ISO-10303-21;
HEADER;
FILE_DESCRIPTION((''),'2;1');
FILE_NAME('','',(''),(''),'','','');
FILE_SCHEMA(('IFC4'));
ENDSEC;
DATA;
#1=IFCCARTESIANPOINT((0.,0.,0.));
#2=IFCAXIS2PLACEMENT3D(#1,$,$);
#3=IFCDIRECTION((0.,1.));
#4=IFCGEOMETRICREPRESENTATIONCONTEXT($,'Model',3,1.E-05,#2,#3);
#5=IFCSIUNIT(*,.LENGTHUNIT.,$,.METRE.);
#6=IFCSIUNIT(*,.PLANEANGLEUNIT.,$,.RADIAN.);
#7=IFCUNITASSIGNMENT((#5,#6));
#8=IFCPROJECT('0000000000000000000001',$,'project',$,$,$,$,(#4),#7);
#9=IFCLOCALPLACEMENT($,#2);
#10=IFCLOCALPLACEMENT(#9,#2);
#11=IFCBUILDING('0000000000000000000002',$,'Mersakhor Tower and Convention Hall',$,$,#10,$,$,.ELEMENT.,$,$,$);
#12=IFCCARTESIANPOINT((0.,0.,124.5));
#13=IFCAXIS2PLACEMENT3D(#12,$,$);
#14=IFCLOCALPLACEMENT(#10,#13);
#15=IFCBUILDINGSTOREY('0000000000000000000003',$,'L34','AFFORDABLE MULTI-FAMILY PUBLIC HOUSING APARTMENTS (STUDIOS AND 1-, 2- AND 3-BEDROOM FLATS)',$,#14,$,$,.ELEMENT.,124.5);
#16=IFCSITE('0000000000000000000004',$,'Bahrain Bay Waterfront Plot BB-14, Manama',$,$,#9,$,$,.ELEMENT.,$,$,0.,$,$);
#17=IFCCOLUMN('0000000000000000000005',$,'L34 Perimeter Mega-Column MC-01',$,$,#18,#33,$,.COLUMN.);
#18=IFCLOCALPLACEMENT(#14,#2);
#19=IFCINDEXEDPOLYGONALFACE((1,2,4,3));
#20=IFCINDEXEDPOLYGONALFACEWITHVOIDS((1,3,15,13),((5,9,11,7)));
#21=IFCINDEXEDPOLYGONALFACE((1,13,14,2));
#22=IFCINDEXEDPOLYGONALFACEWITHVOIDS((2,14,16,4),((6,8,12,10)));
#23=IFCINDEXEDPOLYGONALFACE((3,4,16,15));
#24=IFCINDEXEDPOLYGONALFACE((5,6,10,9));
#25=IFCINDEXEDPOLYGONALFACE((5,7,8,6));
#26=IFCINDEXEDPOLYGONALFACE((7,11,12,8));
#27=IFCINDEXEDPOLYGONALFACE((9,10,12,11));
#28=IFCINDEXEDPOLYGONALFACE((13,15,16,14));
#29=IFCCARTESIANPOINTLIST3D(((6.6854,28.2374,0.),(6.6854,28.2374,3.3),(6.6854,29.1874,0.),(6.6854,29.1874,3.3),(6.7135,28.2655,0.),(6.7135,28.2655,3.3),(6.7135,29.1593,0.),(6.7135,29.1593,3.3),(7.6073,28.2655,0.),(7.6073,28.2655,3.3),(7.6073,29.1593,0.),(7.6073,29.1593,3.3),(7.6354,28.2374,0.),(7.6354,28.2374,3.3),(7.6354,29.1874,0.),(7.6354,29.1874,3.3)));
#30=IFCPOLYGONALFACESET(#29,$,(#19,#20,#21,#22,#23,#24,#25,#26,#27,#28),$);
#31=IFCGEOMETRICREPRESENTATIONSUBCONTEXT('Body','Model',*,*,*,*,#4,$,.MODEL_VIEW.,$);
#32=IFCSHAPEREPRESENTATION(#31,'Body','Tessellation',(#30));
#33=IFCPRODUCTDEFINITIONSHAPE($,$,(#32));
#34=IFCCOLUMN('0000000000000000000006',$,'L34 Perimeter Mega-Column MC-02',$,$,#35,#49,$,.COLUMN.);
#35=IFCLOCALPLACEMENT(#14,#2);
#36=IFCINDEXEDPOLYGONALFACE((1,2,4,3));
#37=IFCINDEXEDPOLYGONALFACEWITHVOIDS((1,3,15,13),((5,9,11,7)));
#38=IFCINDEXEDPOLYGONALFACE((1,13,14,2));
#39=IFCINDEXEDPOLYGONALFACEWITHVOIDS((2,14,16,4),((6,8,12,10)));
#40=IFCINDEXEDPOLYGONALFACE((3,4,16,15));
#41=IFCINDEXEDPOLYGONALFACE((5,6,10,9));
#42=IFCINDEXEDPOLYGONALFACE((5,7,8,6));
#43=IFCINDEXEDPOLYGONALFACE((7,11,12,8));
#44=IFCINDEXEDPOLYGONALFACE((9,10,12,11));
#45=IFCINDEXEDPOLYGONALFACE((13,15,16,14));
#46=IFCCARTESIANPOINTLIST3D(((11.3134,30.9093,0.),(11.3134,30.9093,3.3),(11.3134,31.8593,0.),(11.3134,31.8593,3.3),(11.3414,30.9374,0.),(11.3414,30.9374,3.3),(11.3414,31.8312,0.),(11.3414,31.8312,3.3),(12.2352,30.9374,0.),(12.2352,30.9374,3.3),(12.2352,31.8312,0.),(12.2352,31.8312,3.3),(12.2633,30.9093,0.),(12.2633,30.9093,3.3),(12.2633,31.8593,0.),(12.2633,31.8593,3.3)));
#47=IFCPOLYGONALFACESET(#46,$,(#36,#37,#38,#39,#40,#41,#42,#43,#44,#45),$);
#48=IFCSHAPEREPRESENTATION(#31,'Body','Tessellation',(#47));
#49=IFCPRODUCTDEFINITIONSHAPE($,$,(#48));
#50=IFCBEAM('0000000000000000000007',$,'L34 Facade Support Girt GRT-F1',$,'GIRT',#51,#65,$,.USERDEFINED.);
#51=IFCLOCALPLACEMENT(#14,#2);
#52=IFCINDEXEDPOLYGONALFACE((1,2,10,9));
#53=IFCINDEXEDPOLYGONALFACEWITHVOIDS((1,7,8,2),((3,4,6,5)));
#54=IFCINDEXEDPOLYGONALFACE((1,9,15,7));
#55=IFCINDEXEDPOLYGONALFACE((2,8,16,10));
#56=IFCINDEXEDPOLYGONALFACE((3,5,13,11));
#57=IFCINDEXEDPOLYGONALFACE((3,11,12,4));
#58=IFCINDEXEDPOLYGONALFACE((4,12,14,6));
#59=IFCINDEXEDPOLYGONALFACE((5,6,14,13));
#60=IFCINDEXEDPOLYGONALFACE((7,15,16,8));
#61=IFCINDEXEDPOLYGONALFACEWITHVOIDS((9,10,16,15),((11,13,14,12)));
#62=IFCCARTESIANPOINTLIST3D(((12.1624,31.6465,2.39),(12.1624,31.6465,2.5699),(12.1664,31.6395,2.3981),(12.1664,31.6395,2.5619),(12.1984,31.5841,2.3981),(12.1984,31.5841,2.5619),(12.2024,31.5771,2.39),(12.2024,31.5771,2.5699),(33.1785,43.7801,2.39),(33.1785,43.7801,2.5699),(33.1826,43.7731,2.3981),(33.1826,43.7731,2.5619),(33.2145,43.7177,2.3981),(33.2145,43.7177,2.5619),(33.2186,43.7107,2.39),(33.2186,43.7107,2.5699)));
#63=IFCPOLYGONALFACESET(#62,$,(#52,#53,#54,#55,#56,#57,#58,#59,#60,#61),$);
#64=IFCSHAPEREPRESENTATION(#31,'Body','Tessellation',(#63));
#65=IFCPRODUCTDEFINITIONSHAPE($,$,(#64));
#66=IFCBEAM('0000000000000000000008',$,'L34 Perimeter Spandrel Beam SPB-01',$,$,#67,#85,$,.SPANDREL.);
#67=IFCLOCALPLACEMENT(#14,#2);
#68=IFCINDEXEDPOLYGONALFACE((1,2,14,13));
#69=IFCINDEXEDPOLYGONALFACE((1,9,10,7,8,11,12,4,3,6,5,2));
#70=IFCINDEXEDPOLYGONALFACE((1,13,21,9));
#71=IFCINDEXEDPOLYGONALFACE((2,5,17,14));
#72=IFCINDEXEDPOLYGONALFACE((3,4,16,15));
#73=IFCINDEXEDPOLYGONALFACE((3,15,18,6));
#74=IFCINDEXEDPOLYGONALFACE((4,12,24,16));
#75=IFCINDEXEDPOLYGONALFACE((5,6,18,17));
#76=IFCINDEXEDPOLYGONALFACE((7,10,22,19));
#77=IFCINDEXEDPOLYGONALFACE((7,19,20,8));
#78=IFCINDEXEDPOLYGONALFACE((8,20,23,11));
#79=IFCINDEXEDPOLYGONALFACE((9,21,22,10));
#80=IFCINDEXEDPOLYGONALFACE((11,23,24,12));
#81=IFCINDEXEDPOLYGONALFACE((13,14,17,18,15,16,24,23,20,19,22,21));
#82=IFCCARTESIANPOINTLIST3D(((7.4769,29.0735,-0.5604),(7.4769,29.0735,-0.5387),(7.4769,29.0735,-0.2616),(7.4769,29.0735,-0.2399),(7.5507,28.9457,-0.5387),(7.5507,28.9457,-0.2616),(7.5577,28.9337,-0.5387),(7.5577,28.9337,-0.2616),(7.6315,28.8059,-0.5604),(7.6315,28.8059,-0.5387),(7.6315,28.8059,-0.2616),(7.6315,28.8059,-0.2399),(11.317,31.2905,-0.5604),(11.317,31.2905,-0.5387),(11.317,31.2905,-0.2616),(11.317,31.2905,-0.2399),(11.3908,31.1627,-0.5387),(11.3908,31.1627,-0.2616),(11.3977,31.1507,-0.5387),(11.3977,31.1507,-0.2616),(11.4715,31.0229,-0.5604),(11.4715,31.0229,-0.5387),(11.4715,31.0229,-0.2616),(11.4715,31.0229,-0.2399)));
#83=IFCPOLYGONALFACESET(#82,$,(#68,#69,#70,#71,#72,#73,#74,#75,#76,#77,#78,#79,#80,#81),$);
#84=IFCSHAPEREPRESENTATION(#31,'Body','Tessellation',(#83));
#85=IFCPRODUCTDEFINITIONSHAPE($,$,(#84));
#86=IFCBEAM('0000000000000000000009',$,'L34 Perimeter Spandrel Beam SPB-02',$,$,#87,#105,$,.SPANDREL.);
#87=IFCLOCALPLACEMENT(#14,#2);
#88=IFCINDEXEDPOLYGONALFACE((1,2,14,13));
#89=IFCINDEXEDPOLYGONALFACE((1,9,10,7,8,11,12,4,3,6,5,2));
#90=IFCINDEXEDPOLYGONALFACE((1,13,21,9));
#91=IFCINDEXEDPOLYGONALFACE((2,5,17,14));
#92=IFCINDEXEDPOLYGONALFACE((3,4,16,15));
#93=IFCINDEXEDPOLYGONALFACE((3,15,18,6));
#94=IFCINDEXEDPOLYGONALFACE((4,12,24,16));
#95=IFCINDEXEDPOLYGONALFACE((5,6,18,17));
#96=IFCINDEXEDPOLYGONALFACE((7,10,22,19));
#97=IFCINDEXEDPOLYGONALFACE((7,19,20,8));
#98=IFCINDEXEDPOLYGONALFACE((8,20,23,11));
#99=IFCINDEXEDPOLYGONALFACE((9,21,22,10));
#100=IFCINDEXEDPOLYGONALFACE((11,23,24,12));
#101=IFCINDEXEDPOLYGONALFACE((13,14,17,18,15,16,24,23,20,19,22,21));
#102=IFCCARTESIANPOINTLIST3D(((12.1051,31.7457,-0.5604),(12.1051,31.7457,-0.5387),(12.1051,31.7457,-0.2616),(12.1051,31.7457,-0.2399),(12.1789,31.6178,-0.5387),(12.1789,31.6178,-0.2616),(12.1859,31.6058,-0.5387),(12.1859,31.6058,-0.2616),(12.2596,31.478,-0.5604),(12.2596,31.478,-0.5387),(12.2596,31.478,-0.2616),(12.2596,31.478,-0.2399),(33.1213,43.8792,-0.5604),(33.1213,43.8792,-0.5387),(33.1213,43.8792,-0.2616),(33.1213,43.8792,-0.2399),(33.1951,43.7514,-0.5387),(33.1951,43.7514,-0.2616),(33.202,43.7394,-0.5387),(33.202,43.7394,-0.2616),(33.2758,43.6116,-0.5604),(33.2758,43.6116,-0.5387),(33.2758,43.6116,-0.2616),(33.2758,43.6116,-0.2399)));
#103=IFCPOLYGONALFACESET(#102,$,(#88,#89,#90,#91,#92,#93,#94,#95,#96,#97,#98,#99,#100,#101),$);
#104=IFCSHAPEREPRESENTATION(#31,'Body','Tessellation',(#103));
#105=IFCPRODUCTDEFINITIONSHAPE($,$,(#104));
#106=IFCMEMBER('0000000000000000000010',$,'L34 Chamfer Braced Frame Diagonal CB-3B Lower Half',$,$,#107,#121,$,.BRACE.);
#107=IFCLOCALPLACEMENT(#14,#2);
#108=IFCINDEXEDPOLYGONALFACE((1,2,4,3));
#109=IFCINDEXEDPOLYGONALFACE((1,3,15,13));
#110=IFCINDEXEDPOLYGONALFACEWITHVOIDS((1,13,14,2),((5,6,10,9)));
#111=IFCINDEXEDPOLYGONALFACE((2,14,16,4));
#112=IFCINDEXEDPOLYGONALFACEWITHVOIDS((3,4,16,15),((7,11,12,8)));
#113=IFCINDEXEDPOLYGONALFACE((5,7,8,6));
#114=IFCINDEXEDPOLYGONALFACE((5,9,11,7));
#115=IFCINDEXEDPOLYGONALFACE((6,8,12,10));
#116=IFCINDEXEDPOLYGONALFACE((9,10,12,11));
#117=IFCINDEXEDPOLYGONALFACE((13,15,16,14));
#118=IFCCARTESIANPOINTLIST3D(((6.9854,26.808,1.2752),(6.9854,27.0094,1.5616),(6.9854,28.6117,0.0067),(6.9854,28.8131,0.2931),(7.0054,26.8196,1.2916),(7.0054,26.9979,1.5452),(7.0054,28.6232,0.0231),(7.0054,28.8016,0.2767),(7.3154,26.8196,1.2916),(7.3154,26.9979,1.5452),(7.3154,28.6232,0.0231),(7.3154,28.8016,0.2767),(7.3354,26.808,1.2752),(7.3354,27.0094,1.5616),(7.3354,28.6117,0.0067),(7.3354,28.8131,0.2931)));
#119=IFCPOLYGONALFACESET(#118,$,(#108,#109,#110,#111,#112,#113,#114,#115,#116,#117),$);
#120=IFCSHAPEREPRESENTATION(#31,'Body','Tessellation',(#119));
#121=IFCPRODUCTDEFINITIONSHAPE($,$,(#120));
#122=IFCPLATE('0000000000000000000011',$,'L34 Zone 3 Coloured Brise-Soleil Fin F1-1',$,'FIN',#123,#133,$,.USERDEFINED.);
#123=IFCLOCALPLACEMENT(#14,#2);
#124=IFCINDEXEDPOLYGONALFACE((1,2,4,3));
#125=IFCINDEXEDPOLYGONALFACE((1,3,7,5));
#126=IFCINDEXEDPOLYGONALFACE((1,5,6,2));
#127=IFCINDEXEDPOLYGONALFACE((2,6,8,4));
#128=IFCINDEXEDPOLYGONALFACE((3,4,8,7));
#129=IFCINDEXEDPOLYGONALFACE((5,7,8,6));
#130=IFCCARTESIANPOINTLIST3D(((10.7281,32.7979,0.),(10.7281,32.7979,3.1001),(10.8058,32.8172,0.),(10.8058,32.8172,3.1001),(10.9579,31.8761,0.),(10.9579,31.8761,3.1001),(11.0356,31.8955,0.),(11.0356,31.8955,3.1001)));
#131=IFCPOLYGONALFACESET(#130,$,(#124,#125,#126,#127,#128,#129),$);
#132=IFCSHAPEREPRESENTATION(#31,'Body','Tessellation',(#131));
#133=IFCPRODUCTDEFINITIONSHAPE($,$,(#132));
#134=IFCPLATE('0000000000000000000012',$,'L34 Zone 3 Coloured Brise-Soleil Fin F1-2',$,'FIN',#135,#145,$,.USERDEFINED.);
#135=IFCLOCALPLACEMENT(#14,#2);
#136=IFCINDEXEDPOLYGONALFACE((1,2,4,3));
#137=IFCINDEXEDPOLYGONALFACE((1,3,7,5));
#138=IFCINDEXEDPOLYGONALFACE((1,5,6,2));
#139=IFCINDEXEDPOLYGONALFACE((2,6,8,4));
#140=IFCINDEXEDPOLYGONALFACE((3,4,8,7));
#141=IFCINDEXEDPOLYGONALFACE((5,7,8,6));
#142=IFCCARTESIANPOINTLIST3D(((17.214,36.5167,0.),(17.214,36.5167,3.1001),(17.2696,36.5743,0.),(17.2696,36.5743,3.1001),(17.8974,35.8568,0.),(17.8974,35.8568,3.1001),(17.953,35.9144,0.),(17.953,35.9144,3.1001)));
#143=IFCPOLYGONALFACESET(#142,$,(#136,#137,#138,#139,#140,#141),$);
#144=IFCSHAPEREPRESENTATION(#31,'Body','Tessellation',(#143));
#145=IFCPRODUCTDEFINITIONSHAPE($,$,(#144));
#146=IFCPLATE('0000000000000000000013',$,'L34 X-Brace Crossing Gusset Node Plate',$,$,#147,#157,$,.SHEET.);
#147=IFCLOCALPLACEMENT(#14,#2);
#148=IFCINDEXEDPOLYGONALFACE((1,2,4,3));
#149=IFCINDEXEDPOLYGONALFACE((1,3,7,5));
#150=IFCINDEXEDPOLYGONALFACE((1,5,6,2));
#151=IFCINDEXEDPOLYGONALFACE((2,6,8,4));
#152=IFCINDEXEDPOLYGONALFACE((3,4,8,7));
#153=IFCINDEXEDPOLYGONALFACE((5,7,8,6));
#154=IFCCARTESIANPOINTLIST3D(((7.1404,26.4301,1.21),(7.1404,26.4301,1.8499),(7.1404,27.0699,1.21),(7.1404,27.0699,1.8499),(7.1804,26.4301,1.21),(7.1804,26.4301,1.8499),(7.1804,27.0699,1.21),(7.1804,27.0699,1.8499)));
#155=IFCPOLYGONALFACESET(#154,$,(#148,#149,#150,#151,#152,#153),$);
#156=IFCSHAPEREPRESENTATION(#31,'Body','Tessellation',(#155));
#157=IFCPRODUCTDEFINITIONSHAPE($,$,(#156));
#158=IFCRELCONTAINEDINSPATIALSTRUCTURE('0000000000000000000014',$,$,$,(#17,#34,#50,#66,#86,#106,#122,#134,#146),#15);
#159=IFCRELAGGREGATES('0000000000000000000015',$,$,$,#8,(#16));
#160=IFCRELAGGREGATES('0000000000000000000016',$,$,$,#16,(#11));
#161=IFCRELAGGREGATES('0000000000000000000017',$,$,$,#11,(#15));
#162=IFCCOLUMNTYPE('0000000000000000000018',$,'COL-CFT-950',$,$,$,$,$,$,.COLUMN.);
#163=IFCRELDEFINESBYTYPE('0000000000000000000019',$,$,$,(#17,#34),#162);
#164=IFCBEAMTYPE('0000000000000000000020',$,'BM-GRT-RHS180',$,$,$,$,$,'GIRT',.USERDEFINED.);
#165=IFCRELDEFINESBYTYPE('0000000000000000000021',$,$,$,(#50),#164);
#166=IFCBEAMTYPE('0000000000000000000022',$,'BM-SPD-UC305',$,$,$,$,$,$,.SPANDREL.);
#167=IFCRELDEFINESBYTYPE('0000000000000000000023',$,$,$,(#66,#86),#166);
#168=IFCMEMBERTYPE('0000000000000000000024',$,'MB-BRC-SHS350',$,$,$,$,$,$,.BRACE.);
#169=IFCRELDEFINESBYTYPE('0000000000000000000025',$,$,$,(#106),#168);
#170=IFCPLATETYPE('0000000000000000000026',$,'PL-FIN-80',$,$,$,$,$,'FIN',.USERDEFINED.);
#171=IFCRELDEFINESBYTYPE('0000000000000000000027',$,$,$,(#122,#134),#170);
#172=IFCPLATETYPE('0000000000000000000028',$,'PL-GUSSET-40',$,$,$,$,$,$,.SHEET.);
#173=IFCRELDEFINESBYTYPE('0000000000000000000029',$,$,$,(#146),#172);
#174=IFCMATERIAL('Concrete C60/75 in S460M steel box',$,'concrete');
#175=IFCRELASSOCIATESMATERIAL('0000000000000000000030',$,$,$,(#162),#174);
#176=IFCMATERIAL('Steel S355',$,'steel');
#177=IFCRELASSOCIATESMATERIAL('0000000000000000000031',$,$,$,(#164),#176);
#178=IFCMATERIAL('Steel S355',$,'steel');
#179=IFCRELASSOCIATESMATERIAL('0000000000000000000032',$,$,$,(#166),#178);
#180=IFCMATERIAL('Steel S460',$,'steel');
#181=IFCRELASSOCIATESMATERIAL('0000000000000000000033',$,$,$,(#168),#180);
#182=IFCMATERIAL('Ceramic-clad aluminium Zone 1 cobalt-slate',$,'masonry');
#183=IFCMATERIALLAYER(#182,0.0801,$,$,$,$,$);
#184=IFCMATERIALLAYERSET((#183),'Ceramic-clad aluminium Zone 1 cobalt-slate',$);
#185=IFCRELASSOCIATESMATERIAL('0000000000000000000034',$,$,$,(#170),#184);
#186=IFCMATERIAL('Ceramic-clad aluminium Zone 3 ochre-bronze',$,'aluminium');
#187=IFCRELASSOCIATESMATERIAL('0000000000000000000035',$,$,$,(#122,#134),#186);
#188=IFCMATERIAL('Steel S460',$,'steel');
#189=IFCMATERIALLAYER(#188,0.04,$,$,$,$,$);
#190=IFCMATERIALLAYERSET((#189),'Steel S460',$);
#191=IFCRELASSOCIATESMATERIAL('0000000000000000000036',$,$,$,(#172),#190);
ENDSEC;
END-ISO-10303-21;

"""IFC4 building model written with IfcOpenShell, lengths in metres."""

from ifc_helpers import new_model, si_unit, direction, frame, origin, origin_2d, place, context, subcontext, project, spatial, rectangle, hollow_rectangle, i_section, extrude, material, layer, layer_set, material_profile, profile_set, type_object, element, save


model = new_model("IFC4")

# Units and contexts
model_context = context("Model", 3, precision=1e-05, world=origin(), true_north=direction((0.0, 1.0)))
body_context = subcontext(model_context, "Body", "Model", "MODEL_VIEW")
ifc_project = project(units=[si_unit("LENGTHUNIT", "METRE"), si_unit("PLANEANGLEUNIT", "RADIAN")], contexts=[model_context])

# Site, building, storey
site_placement = place(None, origin())
site = spatial("IfcSite", under=ifc_project, at=site_placement, Name="Bahrain Bay Waterfront Plot BB-14, Manama", CompositionType="ELEMENT", RefElevation=0.0)
building_placement = place(site_placement, origin())
building = spatial("IfcBuilding", under=site, at=building_placement, Name="Mersakhor Tower and Convention Hall", CompositionType="ELEMENT")
storey_placement = place(building_placement, frame((0.0, 0.0, 124.5)))
storey = spatial("IfcBuildingStorey", under=building, at=storey_placement, Name="L34", Description="AFFORDABLE MULTI-FAMILY PUBLIC HOUSING APARTMENTS (STUDIOS AND 1-, 2- AND 3-BEDROOM FLATS)", CompositionType="ELEMENT", Elevation=124.5)

# Columns
ifc_material_1 = material(Name="Concrete C60/75 in S460M steel box", Category="concrete")
ifc_material_profile_1 = material_profile(ifc_material_1, hollow_rectangle(XDim=0.95, YDim=0.95, WallThickness=0.0281, at=origin_2d()), Name="SHS 950x950x28")
ifc_profile_set_1 = profile_set([ifc_material_profile_1], Name="Concrete C60/75 in S460M steel box")
column_type = type_object("IfcColumnType", Name="COL-CFT-950", PredefinedType="COLUMN", material=ifc_profile_set_1)
for number, where, z_axis, x_axis, name in (
    (1, (7.1604, 28.7124, 0.0), (0.0, 0.0, 1.0), (1.0, 0.0, 0.0), "L34 Perimeter Mega-Column MC-01"),
    (2, (11.7883, 31.3843, 0.0), (0.0, 0.0, 1.0), (1.0, 0.0, 0.0), "L34 Perimeter Mega-Column MC-02"),
):
    element("IfcColumn", number, at=place(storey_placement, frame(where, z_axis=z_axis, x_axis=x_axis)), inside=storey, type_object=column_type, Name=name, PredefinedType="COLUMN", context=body_context, shape_type="SweptSolid", body=[
        extrude(hollow_rectangle(XDim=0.95, YDim=0.95, WallThickness=0.0281, at=origin_2d()), origin(), (0.0, 0.0, 1.0), 3.3),
    ])

# Beams
ifc_material_2 = material(Name="Steel S355", Category="steel")
ifc_material_profile_2 = material_profile(ifc_material_2, hollow_rectangle(XDim=0.0801, YDim=0.1799, WallThickness=0.0081, at=origin_2d()), Name="RHS 180x80x8")
ifc_profile_set_2 = profile_set([ifc_material_profile_2], Name="Steel S355")
beam_type_1 = type_object("IfcBeamType", Name="BM-GRT-RHS180", ElementType="GIRT", PredefinedType="USERDEFINED", material=ifc_profile_set_2)
beam_1_placement = place(storey_placement, frame((12.1824, 31.6118, 2.48), z_axis=(0.866027, 0.499996, 0.0), x_axis=(-0.499996, 0.866027, 0.0)))
element("IfcBeam", 3, at=beam_1_placement, inside=storey, type_object=beam_type_1, Name="L34 Facade Support Girt GRT-F1", ObjectType="GIRT", PredefinedType="USERDEFINED", context=body_context, shape_type="SweptSolid", body=[
    extrude(hollow_rectangle(XDim=0.0801, YDim=0.1799, WallThickness=0.0081, at=origin_2d()), origin(), (0.0, 0.0, 1.0), 24.2673),
])
ifc_material_3 = material(Name="Steel S355", Category="steel")
ifc_material_profile_3 = material_profile(ifc_material_3, i_section(OverallWidth=0.3091, OverallDepth=0.3206, WebThickness=0.0139, FlangeThickness=0.0217, at=origin_2d()), Name="UC 305x305x137")
ifc_profile_set_3 = profile_set([ifc_material_profile_3], Name="Steel S355")
beam_type_2 = type_object("IfcBeamType", Name="BM-SPD-UC305", PredefinedType="SPANDREL", material=ifc_profile_set_3)
beam_2_placement = place(storey_placement, frame((7.5542, 28.9397, -0.4001), z_axis=(0.866029, 0.499994, 0.0), x_axis=(-0.499994, 0.866029, 0.0)))
element("IfcBeam", 4, at=beam_2_placement, inside=storey, type_object=beam_type_2, Name="L34 Perimeter Spandrel Beam SPB-01", PredefinedType="SPANDREL", context=body_context, shape_type="SweptSolid", body=[
    extrude(i_section(OverallWidth=0.3091, OverallDepth=0.3206, WebThickness=0.0139, FlangeThickness=0.0217, at=origin_2d()), origin(), (0.0, 0.0, 1.0), 4.4341),
])
beam_3_placement = place(storey_placement, frame((12.1824, 31.6118, -0.4001), z_axis=(0.866027, 0.499996, 0.0), x_axis=(-0.499996, 0.866027, 0.0)))
element("IfcBeam", 5, at=beam_3_placement, inside=storey, type_object=beam_type_2, Name="L34 Perimeter Spandrel Beam SPB-02", PredefinedType="SPANDREL", context=body_context, shape_type="SweptSolid", body=[
    extrude(i_section(OverallWidth=0.3091, OverallDepth=0.3206, WebThickness=0.0139, FlangeThickness=0.0217, at=origin_2d()), origin(), (0.0, 0.0, 1.0), 24.2673),
])

# Member
ifc_material_4 = material(Name="Steel S460", Category="steel")
ifc_material_profile_4 = material_profile(ifc_material_4, hollow_rectangle(XDim=0.3501, YDim=0.3501, WallThickness=0.02, at=origin_2d()), Name="SHS 350x350x20")
ifc_profile_set_4 = profile_set([ifc_material_profile_4], Name="Steel S460")
member_type = type_object("IfcMemberType", Name="MB-BRC-SHS350", PredefinedType="BRACE", material=ifc_profile_set_4)
member_placement = place(storey_placement, frame((7.1604, 28.7124, 0.1499), z_axis=(0.0, -0.817961, 0.575274), x_axis=(1.0, 0.0, 0.0)))
element("IfcMember", 6, at=member_placement, inside=storey, type_object=member_type, Name="L34 Chamfer Braced Frame Diagonal CB-3B Lower Half", PredefinedType="BRACE", context=body_context, shape_type="SweptSolid", body=[
    extrude(hollow_rectangle(XDim=0.3501, YDim=0.3501, WallThickness=0.02, at=origin_2d()), origin(), (0.0, 0.0, 1.0), 2.2051),
])

# Plates
ifc_material_5 = material(Name="Ceramic-clad aluminium Zone 3 ochre-bronze", Category="aluminium")
ifc_material_6 = material(Name="Ceramic-clad aluminium Zone 1 cobalt-slate", Category="masonry")
ifc_layer_1 = layer(ifc_material_6, 0.0801)
ifc_layer_set_1 = layer_set([ifc_layer_1], Name="Ceramic-clad aluminium Zone 1 cobalt-slate")
plate_type_1 = type_object("IfcPlateType", Name="PL-FIN-80", ElementType="FIN", PredefinedType="USERDEFINED", material=ifc_layer_set_1)
for number, where, z_axis, x_axis, name in (
    (7, (10.8818, 32.3467, 0.0), (0.0, 0.0, 1.0), (-0.241922, 0.970296, 0.0), "L34 Zone 3 Coloured Brise-Soleil Fin F1-1"),
    (8, (17.5835, 36.2156, 0.0), (0.0, 0.0, 1.0), (-0.71934, 0.694658, 0.0), "L34 Zone 3 Coloured Brise-Soleil Fin F1-2"),
):
    element("IfcPlate", number, at=place(storey_placement, frame(where, z_axis=z_axis, x_axis=x_axis)), inside=storey, type_object=plate_type_1, material=ifc_material_5, Name=name, ObjectType="FIN", PredefinedType="USERDEFINED", context=body_context, shape_type="SweptSolid", body=[
        extrude(rectangle(XDim=0.95, YDim=0.0801, at=origin_2d()), origin(), (0.0, 0.0, 1.0), 3.1001),
    ])
ifc_material_7 = material(Name="Steel S460", Category="steel")
ifc_layer_2 = layer(ifc_material_7, 0.04)
ifc_layer_set_2 = layer_set([ifc_layer_2], Name="Steel S460")
plate_type_2 = type_object("IfcPlateType", Name="PL-GUSSET-40", PredefinedType="SHEET", material=ifc_layer_set_2)
plate_placement = place(storey_placement, frame((7.1604, 26.75, 1.21), z_axis=(0.0, 0.0, 1.0), x_axis=(0.0, -1.0, 0.0)))
element("IfcPlate", 9, at=plate_placement, inside=storey, type_object=plate_type_2, Name="L34 X-Brace Crossing Gusset Node Plate", PredefinedType="SHEET", context=body_context, shape_type="SweptSolid", body=[
    extrude(rectangle(XDim=0.6399, YDim=0.04, at=origin_2d()), origin(), (0.0, 0.0, 1.0), 0.6399),
])

save(model, "model.ifc")
